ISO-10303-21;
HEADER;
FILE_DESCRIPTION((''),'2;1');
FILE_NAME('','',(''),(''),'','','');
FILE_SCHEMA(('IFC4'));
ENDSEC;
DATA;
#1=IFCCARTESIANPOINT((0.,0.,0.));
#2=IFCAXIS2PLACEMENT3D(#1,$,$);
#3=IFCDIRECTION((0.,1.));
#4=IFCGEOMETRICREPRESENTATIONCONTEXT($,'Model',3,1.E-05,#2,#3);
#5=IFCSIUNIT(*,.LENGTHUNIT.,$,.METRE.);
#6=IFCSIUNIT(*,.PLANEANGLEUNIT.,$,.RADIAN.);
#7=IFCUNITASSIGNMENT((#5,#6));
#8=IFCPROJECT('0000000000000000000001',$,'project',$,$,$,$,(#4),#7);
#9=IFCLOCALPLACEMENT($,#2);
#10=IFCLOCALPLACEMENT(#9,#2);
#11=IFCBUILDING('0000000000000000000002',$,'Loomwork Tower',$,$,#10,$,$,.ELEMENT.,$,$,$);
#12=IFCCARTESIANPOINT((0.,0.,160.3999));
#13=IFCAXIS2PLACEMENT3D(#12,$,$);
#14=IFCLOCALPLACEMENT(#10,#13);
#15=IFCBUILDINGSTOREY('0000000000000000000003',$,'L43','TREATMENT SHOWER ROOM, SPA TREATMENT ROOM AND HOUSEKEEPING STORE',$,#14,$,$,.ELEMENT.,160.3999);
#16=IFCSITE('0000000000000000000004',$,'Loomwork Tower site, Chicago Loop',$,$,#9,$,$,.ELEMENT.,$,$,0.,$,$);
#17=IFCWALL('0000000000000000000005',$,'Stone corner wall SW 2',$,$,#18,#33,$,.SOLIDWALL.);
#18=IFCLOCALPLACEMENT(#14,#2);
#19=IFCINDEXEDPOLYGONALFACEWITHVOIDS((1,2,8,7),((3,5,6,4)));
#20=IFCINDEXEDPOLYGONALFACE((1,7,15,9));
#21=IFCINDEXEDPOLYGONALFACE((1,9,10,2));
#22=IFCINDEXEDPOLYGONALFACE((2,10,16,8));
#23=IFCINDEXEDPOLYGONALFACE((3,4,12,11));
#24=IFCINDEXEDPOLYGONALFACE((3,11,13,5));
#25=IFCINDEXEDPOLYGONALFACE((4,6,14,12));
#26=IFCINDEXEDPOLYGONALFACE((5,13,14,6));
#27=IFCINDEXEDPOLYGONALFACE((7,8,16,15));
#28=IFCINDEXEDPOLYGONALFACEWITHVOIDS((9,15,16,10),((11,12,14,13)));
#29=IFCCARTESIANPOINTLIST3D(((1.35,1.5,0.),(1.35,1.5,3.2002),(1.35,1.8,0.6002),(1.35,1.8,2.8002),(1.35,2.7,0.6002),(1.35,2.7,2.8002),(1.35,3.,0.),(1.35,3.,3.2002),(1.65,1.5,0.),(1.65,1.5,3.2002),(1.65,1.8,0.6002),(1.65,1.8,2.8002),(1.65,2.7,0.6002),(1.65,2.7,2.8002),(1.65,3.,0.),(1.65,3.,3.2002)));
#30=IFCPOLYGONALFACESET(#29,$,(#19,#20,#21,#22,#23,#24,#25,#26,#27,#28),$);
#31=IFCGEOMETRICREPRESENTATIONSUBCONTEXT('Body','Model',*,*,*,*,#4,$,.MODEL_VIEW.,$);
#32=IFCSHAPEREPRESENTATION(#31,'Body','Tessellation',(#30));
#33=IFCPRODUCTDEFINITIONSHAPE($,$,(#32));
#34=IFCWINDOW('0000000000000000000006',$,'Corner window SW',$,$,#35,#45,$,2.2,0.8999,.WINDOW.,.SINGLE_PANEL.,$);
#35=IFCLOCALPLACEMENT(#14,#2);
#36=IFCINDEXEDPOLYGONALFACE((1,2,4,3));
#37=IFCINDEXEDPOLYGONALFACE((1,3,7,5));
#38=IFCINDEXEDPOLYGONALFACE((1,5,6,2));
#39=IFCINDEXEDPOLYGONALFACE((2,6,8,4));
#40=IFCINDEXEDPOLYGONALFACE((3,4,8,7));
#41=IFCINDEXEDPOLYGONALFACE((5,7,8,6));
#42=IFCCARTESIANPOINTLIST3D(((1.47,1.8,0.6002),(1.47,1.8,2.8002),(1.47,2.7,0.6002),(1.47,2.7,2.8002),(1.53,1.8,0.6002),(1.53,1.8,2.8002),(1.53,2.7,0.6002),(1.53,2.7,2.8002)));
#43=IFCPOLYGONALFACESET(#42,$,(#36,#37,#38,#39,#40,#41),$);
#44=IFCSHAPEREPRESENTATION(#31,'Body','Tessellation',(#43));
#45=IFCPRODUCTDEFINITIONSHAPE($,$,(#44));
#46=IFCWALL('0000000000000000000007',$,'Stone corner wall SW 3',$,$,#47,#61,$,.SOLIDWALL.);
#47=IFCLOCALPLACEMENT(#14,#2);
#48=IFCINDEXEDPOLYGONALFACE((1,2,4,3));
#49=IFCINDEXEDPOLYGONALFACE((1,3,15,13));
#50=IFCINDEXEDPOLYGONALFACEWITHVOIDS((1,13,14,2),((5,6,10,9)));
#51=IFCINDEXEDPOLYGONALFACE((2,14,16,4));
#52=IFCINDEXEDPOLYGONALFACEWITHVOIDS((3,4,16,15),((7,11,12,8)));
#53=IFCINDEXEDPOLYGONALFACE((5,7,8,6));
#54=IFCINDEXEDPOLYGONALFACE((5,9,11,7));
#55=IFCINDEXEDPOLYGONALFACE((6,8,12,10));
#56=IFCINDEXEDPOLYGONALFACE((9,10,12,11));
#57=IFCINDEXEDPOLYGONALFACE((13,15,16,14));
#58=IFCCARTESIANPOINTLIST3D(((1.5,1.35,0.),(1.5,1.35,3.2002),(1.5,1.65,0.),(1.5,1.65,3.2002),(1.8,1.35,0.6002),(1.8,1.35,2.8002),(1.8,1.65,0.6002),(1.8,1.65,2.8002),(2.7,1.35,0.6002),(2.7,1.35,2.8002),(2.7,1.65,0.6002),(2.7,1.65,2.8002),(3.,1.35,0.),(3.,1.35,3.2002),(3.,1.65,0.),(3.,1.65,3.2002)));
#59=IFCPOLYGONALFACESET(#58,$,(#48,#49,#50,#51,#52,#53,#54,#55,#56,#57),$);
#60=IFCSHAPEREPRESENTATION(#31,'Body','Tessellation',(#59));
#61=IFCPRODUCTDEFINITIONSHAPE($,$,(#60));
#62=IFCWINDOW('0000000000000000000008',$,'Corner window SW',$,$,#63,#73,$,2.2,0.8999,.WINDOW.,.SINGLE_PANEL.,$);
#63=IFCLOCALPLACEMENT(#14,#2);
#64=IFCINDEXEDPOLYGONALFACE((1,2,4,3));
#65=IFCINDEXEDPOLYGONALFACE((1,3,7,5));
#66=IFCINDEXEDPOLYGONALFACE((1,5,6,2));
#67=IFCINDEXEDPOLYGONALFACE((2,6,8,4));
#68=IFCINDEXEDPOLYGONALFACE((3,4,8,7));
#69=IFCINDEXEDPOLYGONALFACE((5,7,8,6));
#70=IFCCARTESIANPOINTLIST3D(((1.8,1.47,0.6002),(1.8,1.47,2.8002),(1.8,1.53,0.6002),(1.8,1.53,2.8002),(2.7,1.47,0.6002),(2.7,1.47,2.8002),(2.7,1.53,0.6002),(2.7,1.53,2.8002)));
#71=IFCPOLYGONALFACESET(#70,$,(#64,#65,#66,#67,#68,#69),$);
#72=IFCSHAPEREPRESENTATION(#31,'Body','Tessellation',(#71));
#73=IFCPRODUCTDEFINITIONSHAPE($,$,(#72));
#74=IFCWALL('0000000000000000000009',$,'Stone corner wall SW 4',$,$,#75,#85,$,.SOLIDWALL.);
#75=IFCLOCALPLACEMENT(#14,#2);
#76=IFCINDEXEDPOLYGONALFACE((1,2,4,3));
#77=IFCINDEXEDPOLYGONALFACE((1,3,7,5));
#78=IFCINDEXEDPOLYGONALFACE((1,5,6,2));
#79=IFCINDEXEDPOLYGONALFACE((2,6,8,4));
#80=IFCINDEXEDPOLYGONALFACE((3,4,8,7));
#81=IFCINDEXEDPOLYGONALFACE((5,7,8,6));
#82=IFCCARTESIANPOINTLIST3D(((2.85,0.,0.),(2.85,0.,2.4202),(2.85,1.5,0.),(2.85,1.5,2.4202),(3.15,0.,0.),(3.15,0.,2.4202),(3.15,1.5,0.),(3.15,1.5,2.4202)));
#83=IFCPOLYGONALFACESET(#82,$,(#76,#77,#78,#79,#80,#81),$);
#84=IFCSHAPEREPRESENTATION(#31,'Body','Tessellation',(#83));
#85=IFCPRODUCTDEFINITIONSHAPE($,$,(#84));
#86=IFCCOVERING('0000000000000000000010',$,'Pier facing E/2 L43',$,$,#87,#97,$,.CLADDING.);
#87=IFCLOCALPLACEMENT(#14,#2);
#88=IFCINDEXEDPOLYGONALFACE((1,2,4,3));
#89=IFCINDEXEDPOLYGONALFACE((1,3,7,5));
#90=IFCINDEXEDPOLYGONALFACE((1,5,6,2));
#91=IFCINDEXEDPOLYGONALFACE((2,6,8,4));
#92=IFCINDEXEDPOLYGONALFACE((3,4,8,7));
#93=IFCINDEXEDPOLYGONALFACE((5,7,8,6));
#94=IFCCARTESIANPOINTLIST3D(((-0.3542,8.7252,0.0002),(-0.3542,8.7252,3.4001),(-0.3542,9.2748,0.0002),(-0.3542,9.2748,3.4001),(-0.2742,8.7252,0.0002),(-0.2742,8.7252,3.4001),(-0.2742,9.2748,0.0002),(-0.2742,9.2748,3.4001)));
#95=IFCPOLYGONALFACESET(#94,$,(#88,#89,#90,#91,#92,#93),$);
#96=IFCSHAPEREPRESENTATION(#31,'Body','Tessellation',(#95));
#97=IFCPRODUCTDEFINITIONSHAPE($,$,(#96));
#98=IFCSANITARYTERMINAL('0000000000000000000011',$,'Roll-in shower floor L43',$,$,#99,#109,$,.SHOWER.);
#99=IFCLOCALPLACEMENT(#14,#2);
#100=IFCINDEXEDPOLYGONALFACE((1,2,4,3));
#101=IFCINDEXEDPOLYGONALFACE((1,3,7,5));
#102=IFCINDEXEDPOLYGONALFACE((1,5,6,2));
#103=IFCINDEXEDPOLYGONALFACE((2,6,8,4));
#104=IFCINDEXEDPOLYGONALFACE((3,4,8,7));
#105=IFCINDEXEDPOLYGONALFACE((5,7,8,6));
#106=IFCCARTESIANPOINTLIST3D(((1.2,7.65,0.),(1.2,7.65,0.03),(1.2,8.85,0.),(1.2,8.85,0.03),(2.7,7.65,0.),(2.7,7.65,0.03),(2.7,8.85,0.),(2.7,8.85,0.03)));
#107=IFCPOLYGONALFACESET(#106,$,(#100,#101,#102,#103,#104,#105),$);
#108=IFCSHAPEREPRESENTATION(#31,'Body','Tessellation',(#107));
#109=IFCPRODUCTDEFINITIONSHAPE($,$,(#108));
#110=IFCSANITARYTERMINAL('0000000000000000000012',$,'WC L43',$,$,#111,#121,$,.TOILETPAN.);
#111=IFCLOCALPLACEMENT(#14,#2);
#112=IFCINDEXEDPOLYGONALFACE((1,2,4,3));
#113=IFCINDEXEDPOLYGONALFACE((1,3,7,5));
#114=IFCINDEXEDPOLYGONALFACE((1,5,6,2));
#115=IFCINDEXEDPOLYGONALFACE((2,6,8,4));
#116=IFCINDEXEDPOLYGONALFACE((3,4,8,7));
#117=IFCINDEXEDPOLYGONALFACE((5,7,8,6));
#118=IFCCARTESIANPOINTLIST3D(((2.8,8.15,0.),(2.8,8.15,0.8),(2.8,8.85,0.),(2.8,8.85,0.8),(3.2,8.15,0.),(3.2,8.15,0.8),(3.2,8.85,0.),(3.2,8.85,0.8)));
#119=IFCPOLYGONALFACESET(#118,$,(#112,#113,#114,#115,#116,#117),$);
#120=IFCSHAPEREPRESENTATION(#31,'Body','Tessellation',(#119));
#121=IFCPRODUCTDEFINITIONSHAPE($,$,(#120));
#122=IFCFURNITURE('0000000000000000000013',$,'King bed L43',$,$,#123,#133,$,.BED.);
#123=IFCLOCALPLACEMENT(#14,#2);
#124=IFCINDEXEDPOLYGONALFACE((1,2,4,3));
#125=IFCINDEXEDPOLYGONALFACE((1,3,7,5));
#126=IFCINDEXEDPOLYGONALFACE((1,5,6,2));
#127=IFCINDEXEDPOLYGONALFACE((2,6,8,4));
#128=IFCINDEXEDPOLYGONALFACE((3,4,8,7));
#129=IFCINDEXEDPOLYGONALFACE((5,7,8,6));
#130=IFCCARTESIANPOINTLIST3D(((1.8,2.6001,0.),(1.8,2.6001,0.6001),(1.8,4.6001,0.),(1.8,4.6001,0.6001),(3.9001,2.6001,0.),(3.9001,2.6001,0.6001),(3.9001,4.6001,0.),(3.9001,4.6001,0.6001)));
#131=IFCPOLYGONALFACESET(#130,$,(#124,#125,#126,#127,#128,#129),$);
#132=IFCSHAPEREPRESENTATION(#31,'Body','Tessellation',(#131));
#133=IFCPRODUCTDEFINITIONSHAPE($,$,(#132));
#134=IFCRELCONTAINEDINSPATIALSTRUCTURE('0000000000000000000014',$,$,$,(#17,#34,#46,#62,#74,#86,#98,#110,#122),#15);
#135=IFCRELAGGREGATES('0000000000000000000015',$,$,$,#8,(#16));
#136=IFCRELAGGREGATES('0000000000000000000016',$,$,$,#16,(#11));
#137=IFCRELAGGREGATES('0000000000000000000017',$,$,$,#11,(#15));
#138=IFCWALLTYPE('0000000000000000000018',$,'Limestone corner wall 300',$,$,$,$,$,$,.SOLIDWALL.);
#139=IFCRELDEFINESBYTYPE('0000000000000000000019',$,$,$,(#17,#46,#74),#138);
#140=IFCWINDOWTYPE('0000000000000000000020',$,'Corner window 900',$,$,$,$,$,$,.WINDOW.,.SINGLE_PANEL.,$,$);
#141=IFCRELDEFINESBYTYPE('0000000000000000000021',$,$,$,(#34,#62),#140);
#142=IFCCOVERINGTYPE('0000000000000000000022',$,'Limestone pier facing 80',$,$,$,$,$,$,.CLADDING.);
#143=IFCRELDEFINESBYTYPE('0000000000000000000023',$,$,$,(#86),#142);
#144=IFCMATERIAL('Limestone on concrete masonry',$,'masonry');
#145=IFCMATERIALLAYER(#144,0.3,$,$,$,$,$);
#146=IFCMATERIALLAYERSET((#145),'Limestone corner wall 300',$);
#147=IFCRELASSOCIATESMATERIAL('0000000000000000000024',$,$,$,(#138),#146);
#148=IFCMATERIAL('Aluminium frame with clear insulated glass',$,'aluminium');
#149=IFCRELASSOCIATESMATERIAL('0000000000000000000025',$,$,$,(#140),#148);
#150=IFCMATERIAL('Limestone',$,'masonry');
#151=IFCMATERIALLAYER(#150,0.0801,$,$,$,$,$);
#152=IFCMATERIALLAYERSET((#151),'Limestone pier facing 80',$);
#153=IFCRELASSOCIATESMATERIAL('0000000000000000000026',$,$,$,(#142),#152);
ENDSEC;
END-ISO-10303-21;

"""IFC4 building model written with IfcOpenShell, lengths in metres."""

from ifc_helpers import new_model, si_unit, direction, frame, frame_2d, origin, origin_2d, place, context, subcontext, project, spatial, rectangle, extrude, material, layer, layer_set, type_object, element, fill, save


model = new_model("IFC4")

# Units and contexts
model_context = context("Model", 3, precision=1e-05, world=origin(), true_north=direction((0.0, 1.0)))
body_context = subcontext(model_context, "Body", "Model", "MODEL_VIEW")
ifc_project = project(units=[si_unit("LENGTHUNIT", "METRE"), si_unit("PLANEANGLEUNIT", "RADIAN")], contexts=[model_context])

# Site, building, storey
site_placement = place(None, origin())
site = spatial("IfcSite", under=ifc_project, at=site_placement, Name="Loomwork Tower site, Chicago Loop", CompositionType="ELEMENT", RefElevation=0.0)
building_placement = place(site_placement, origin())
building = spatial("IfcBuilding", under=site, at=building_placement, Name="Loomwork Tower", CompositionType="ELEMENT")
storey_placement = place(building_placement, frame((0.0, 0.0, 160.3999)))
storey = spatial("IfcBuildingStorey", under=building, at=storey_placement, Name="L43", Description="TREATMENT SHOWER ROOM, SPA TREATMENT ROOM AND HOUSEKEEPING STORE", CompositionType="ELEMENT", Elevation=160.3999)

# Shared definitions
ifc_material_1 = material(Name="Limestone on concrete masonry", Category="masonry")
ifc_layer_1 = layer(ifc_material_1, 0.3)
ifc_layer_set_1 = layer_set([ifc_layer_1], Name="Limestone corner wall 300")
wall_type_1 = type_object("IfcWallType", Name="Limestone corner wall 300", PredefinedType="SOLIDWALL", material=ifc_layer_set_1)

# Walls, openings, windows
wall_1_placement = place(storey_placement, frame((1.5, 3.0, 0.0), z_axis=(0.0, 0.0, 1.0), x_axis=(0.0, -1.0, 0.0)))
wall_1 = element("IfcWall", 1, at=wall_1_placement, inside=storey, type_object=wall_type_1, Name="Stone corner wall SW 2", PredefinedType="SOLIDWALL", context=body_context, shape_type="SweptSolid", body=[
    extrude(rectangle(XDim=1.5, YDim=0.3, at=frame_2d((0.75, 0.0))), origin(), (0.0, 0.0, 1.0), 3.2002),
])
opening_1_placement = place(wall_1_placement, frame((0.3, 0.0, 0.6001)))
opening_1 = element("IfcOpeningElement", 2, at=opening_1_placement, cuts=wall_1, PredefinedType="OPENING", context=body_context, shape_type="SweptSolid", body=[
    extrude(rectangle(XDim=0.8999, YDim=2.2, at=frame_2d((0.45, 1.1001))), frame((0.0, 0.1599, 0.0), z_axis=(0.0, -1.0, 0.0), x_axis=(1.0, 0.0, 0.0)), (0.0, 0.0, 1.0), 0.3201),
])
ifc_material_2 = material(Name="Aluminium frame with clear insulated glass", Category="aluminium")
window_type_1 = type_object("IfcWindowType", Name="Corner window 900", PartitioningType="SINGLE_PANEL", PredefinedType="WINDOW", material=ifc_material_2)
window_1_placement = place(opening_1_placement, origin())
window_1 = element("IfcWindow", 3, at=window_1_placement, inside=storey, type_object=window_type_1, Name="Corner window SW", OverallHeight=2.2, OverallWidth=0.8999, PartitioningType="SINGLE_PANEL", PredefinedType="WINDOW", context=body_context, shape_type="SweptSolid", body=[
    extrude(rectangle(XDim=0.8999, YDim=2.2, at=frame_2d((0.45, 1.1001))), frame((0.0, 0.03, 0.0), z_axis=(0.0, -1.0, 0.0), x_axis=(1.0, 0.0, 0.0)), (0.0, 0.0, 1.0), 0.0601),
])
fill(opening_1, window_1)
wall_2_placement = place(storey_placement, frame((1.5, 1.5, 0.0), z_axis=(0.0, 0.0, 1.0), x_axis=(1.0, 0.0, 0.0)))
wall_2 = element("IfcWall", 4, at=wall_2_placement, inside=storey, type_object=wall_type_1, Name="Stone corner wall SW 3", PredefinedType="SOLIDWALL", context=body_context, shape_type="SweptSolid", body=[
    extrude(rectangle(XDim=1.5, YDim=0.3, at=frame_2d((0.75, 0.0))), origin(), (0.0, 0.0, 1.0), 3.2002),
])
opening_2_placement = place(wall_2_placement, frame((0.3, 0.0, 0.6001)))
opening_2 = element("IfcOpeningElement", 5, at=opening_2_placement, cuts=wall_2, PredefinedType="OPENING", context=body_context, shape_type="SweptSolid", body=[
    extrude(rectangle(XDim=0.8999, YDim=2.2, at=frame_2d((0.45, 1.1001))), frame((0.0, 0.1599, 0.0), z_axis=(0.0, -1.0, 0.0), x_axis=(1.0, 0.0, 0.0)), (0.0, 0.0, 1.0), 0.3201),
])
window_2_placement = place(opening_2_placement, origin())
window_2 = element("IfcWindow", 6, at=window_2_placement, inside=storey, type_object=window_type_1, Name="Corner window SW", OverallHeight=2.2, OverallWidth=0.8999, PartitioningType="SINGLE_PANEL", PredefinedType="WINDOW", context=body_context, shape_type="SweptSolid", body=[
    extrude(rectangle(XDim=0.8999, YDim=2.2, at=frame_2d((0.45, 1.1001))), frame((0.0, 0.03, 0.0), z_axis=(0.0, -1.0, 0.0), x_axis=(1.0, 0.0, 0.0)), (0.0, 0.0, 1.0), 0.0601),
])
fill(opening_2, window_2)

# Wall
wall_3_placement = place(storey_placement, frame((3.0, 1.5, 0.0), z_axis=(0.0, 0.0, 1.0), x_axis=(0.0, -1.0, 0.0)))
element("IfcWall", 7, at=wall_3_placement, inside=storey, type_object=wall_type_1, Name="Stone corner wall SW 4", PredefinedType="SOLIDWALL", context=body_context, shape_type="SweptSolid", body=[
    extrude(rectangle(XDim=1.5, YDim=0.3, at=frame_2d((0.75, 0.0))), origin(), (0.0, 0.0, 1.0), 2.4202),
])

# Covering
ifc_material_3 = material(Name="Limestone", Category="masonry")
ifc_layer_2 = layer(ifc_material_3, 0.0801)
ifc_layer_set_2 = layer_set([ifc_layer_2], Name="Limestone pier facing 80")
covering_type = type_object("IfcCoveringType", Name="Limestone pier facing 80", PredefinedType="CLADDING", material=ifc_layer_set_2)
covering_placement = place(storey_placement, frame((-0.3142, 9.0, 0.0002), z_axis=(0.0, 0.0, 1.0), x_axis=(1.0, 0.0, 0.0)))
element("IfcCovering", 8, at=covering_placement, inside=storey, type_object=covering_type, Name="Pier facing E/2 L43", PredefinedType="CLADDING", context=body_context, shape_type="SweptSolid", body=[
    extrude(rectangle(XDim=0.0801, YDim=0.5496, at=origin_2d()), origin(), (0.0, 0.0, 1.0), 3.3999),
])

# Sanitary terminals
sanitary_terminal_1_placement = place(storey_placement, frame((1.95, 8.25, 0.0), z_axis=(0.0, 0.0, 1.0), x_axis=(1.0, 0.0, 0.0)))
element("IfcSanitaryTerminal", 9, at=sanitary_terminal_1_placement, inside=storey, Name="Roll-in shower floor L43", PredefinedType="SHOWER", context=body_context, shape_type="SweptSolid", body=[
    extrude(rectangle(XDim=1.5, YDim=1.2, at=origin_2d()), origin(), (0.0, 0.0, 1.0), 0.03),
])
sanitary_terminal_2_placement = place(storey_placement, frame((3.0, 8.5, 0.0), z_axis=(0.0, 0.0, 1.0), x_axis=(1.0, 0.0, 0.0)))
element("IfcSanitaryTerminal", 10, at=sanitary_terminal_2_placement, inside=storey, Name="WC L43", PredefinedType="TOILETPAN", context=body_context, shape_type="SweptSolid", body=[
    extrude(rectangle(XDim=0.3999, YDim=0.7, at=origin_2d()), origin(), (0.0, 0.0, 1.0), 0.8),
])

# Furniture
furniture_placement = place(storey_placement, frame((2.8501, 3.6001, 0.0), z_axis=(0.0, 0.0, 1.0), x_axis=(1.0, 0.0, 0.0)))
element("IfcFurniture", 11, at=furniture_placement, inside=storey, Name="King bed L43", PredefinedType="BED", context=body_context, shape_type="SweptSolid", body=[
    extrude(rectangle(XDim=2.1001, YDim=2.0, at=origin_2d()), origin(), (0.0, 0.0, 1.0), 0.6001),
])

save(model, "model.ifc")
